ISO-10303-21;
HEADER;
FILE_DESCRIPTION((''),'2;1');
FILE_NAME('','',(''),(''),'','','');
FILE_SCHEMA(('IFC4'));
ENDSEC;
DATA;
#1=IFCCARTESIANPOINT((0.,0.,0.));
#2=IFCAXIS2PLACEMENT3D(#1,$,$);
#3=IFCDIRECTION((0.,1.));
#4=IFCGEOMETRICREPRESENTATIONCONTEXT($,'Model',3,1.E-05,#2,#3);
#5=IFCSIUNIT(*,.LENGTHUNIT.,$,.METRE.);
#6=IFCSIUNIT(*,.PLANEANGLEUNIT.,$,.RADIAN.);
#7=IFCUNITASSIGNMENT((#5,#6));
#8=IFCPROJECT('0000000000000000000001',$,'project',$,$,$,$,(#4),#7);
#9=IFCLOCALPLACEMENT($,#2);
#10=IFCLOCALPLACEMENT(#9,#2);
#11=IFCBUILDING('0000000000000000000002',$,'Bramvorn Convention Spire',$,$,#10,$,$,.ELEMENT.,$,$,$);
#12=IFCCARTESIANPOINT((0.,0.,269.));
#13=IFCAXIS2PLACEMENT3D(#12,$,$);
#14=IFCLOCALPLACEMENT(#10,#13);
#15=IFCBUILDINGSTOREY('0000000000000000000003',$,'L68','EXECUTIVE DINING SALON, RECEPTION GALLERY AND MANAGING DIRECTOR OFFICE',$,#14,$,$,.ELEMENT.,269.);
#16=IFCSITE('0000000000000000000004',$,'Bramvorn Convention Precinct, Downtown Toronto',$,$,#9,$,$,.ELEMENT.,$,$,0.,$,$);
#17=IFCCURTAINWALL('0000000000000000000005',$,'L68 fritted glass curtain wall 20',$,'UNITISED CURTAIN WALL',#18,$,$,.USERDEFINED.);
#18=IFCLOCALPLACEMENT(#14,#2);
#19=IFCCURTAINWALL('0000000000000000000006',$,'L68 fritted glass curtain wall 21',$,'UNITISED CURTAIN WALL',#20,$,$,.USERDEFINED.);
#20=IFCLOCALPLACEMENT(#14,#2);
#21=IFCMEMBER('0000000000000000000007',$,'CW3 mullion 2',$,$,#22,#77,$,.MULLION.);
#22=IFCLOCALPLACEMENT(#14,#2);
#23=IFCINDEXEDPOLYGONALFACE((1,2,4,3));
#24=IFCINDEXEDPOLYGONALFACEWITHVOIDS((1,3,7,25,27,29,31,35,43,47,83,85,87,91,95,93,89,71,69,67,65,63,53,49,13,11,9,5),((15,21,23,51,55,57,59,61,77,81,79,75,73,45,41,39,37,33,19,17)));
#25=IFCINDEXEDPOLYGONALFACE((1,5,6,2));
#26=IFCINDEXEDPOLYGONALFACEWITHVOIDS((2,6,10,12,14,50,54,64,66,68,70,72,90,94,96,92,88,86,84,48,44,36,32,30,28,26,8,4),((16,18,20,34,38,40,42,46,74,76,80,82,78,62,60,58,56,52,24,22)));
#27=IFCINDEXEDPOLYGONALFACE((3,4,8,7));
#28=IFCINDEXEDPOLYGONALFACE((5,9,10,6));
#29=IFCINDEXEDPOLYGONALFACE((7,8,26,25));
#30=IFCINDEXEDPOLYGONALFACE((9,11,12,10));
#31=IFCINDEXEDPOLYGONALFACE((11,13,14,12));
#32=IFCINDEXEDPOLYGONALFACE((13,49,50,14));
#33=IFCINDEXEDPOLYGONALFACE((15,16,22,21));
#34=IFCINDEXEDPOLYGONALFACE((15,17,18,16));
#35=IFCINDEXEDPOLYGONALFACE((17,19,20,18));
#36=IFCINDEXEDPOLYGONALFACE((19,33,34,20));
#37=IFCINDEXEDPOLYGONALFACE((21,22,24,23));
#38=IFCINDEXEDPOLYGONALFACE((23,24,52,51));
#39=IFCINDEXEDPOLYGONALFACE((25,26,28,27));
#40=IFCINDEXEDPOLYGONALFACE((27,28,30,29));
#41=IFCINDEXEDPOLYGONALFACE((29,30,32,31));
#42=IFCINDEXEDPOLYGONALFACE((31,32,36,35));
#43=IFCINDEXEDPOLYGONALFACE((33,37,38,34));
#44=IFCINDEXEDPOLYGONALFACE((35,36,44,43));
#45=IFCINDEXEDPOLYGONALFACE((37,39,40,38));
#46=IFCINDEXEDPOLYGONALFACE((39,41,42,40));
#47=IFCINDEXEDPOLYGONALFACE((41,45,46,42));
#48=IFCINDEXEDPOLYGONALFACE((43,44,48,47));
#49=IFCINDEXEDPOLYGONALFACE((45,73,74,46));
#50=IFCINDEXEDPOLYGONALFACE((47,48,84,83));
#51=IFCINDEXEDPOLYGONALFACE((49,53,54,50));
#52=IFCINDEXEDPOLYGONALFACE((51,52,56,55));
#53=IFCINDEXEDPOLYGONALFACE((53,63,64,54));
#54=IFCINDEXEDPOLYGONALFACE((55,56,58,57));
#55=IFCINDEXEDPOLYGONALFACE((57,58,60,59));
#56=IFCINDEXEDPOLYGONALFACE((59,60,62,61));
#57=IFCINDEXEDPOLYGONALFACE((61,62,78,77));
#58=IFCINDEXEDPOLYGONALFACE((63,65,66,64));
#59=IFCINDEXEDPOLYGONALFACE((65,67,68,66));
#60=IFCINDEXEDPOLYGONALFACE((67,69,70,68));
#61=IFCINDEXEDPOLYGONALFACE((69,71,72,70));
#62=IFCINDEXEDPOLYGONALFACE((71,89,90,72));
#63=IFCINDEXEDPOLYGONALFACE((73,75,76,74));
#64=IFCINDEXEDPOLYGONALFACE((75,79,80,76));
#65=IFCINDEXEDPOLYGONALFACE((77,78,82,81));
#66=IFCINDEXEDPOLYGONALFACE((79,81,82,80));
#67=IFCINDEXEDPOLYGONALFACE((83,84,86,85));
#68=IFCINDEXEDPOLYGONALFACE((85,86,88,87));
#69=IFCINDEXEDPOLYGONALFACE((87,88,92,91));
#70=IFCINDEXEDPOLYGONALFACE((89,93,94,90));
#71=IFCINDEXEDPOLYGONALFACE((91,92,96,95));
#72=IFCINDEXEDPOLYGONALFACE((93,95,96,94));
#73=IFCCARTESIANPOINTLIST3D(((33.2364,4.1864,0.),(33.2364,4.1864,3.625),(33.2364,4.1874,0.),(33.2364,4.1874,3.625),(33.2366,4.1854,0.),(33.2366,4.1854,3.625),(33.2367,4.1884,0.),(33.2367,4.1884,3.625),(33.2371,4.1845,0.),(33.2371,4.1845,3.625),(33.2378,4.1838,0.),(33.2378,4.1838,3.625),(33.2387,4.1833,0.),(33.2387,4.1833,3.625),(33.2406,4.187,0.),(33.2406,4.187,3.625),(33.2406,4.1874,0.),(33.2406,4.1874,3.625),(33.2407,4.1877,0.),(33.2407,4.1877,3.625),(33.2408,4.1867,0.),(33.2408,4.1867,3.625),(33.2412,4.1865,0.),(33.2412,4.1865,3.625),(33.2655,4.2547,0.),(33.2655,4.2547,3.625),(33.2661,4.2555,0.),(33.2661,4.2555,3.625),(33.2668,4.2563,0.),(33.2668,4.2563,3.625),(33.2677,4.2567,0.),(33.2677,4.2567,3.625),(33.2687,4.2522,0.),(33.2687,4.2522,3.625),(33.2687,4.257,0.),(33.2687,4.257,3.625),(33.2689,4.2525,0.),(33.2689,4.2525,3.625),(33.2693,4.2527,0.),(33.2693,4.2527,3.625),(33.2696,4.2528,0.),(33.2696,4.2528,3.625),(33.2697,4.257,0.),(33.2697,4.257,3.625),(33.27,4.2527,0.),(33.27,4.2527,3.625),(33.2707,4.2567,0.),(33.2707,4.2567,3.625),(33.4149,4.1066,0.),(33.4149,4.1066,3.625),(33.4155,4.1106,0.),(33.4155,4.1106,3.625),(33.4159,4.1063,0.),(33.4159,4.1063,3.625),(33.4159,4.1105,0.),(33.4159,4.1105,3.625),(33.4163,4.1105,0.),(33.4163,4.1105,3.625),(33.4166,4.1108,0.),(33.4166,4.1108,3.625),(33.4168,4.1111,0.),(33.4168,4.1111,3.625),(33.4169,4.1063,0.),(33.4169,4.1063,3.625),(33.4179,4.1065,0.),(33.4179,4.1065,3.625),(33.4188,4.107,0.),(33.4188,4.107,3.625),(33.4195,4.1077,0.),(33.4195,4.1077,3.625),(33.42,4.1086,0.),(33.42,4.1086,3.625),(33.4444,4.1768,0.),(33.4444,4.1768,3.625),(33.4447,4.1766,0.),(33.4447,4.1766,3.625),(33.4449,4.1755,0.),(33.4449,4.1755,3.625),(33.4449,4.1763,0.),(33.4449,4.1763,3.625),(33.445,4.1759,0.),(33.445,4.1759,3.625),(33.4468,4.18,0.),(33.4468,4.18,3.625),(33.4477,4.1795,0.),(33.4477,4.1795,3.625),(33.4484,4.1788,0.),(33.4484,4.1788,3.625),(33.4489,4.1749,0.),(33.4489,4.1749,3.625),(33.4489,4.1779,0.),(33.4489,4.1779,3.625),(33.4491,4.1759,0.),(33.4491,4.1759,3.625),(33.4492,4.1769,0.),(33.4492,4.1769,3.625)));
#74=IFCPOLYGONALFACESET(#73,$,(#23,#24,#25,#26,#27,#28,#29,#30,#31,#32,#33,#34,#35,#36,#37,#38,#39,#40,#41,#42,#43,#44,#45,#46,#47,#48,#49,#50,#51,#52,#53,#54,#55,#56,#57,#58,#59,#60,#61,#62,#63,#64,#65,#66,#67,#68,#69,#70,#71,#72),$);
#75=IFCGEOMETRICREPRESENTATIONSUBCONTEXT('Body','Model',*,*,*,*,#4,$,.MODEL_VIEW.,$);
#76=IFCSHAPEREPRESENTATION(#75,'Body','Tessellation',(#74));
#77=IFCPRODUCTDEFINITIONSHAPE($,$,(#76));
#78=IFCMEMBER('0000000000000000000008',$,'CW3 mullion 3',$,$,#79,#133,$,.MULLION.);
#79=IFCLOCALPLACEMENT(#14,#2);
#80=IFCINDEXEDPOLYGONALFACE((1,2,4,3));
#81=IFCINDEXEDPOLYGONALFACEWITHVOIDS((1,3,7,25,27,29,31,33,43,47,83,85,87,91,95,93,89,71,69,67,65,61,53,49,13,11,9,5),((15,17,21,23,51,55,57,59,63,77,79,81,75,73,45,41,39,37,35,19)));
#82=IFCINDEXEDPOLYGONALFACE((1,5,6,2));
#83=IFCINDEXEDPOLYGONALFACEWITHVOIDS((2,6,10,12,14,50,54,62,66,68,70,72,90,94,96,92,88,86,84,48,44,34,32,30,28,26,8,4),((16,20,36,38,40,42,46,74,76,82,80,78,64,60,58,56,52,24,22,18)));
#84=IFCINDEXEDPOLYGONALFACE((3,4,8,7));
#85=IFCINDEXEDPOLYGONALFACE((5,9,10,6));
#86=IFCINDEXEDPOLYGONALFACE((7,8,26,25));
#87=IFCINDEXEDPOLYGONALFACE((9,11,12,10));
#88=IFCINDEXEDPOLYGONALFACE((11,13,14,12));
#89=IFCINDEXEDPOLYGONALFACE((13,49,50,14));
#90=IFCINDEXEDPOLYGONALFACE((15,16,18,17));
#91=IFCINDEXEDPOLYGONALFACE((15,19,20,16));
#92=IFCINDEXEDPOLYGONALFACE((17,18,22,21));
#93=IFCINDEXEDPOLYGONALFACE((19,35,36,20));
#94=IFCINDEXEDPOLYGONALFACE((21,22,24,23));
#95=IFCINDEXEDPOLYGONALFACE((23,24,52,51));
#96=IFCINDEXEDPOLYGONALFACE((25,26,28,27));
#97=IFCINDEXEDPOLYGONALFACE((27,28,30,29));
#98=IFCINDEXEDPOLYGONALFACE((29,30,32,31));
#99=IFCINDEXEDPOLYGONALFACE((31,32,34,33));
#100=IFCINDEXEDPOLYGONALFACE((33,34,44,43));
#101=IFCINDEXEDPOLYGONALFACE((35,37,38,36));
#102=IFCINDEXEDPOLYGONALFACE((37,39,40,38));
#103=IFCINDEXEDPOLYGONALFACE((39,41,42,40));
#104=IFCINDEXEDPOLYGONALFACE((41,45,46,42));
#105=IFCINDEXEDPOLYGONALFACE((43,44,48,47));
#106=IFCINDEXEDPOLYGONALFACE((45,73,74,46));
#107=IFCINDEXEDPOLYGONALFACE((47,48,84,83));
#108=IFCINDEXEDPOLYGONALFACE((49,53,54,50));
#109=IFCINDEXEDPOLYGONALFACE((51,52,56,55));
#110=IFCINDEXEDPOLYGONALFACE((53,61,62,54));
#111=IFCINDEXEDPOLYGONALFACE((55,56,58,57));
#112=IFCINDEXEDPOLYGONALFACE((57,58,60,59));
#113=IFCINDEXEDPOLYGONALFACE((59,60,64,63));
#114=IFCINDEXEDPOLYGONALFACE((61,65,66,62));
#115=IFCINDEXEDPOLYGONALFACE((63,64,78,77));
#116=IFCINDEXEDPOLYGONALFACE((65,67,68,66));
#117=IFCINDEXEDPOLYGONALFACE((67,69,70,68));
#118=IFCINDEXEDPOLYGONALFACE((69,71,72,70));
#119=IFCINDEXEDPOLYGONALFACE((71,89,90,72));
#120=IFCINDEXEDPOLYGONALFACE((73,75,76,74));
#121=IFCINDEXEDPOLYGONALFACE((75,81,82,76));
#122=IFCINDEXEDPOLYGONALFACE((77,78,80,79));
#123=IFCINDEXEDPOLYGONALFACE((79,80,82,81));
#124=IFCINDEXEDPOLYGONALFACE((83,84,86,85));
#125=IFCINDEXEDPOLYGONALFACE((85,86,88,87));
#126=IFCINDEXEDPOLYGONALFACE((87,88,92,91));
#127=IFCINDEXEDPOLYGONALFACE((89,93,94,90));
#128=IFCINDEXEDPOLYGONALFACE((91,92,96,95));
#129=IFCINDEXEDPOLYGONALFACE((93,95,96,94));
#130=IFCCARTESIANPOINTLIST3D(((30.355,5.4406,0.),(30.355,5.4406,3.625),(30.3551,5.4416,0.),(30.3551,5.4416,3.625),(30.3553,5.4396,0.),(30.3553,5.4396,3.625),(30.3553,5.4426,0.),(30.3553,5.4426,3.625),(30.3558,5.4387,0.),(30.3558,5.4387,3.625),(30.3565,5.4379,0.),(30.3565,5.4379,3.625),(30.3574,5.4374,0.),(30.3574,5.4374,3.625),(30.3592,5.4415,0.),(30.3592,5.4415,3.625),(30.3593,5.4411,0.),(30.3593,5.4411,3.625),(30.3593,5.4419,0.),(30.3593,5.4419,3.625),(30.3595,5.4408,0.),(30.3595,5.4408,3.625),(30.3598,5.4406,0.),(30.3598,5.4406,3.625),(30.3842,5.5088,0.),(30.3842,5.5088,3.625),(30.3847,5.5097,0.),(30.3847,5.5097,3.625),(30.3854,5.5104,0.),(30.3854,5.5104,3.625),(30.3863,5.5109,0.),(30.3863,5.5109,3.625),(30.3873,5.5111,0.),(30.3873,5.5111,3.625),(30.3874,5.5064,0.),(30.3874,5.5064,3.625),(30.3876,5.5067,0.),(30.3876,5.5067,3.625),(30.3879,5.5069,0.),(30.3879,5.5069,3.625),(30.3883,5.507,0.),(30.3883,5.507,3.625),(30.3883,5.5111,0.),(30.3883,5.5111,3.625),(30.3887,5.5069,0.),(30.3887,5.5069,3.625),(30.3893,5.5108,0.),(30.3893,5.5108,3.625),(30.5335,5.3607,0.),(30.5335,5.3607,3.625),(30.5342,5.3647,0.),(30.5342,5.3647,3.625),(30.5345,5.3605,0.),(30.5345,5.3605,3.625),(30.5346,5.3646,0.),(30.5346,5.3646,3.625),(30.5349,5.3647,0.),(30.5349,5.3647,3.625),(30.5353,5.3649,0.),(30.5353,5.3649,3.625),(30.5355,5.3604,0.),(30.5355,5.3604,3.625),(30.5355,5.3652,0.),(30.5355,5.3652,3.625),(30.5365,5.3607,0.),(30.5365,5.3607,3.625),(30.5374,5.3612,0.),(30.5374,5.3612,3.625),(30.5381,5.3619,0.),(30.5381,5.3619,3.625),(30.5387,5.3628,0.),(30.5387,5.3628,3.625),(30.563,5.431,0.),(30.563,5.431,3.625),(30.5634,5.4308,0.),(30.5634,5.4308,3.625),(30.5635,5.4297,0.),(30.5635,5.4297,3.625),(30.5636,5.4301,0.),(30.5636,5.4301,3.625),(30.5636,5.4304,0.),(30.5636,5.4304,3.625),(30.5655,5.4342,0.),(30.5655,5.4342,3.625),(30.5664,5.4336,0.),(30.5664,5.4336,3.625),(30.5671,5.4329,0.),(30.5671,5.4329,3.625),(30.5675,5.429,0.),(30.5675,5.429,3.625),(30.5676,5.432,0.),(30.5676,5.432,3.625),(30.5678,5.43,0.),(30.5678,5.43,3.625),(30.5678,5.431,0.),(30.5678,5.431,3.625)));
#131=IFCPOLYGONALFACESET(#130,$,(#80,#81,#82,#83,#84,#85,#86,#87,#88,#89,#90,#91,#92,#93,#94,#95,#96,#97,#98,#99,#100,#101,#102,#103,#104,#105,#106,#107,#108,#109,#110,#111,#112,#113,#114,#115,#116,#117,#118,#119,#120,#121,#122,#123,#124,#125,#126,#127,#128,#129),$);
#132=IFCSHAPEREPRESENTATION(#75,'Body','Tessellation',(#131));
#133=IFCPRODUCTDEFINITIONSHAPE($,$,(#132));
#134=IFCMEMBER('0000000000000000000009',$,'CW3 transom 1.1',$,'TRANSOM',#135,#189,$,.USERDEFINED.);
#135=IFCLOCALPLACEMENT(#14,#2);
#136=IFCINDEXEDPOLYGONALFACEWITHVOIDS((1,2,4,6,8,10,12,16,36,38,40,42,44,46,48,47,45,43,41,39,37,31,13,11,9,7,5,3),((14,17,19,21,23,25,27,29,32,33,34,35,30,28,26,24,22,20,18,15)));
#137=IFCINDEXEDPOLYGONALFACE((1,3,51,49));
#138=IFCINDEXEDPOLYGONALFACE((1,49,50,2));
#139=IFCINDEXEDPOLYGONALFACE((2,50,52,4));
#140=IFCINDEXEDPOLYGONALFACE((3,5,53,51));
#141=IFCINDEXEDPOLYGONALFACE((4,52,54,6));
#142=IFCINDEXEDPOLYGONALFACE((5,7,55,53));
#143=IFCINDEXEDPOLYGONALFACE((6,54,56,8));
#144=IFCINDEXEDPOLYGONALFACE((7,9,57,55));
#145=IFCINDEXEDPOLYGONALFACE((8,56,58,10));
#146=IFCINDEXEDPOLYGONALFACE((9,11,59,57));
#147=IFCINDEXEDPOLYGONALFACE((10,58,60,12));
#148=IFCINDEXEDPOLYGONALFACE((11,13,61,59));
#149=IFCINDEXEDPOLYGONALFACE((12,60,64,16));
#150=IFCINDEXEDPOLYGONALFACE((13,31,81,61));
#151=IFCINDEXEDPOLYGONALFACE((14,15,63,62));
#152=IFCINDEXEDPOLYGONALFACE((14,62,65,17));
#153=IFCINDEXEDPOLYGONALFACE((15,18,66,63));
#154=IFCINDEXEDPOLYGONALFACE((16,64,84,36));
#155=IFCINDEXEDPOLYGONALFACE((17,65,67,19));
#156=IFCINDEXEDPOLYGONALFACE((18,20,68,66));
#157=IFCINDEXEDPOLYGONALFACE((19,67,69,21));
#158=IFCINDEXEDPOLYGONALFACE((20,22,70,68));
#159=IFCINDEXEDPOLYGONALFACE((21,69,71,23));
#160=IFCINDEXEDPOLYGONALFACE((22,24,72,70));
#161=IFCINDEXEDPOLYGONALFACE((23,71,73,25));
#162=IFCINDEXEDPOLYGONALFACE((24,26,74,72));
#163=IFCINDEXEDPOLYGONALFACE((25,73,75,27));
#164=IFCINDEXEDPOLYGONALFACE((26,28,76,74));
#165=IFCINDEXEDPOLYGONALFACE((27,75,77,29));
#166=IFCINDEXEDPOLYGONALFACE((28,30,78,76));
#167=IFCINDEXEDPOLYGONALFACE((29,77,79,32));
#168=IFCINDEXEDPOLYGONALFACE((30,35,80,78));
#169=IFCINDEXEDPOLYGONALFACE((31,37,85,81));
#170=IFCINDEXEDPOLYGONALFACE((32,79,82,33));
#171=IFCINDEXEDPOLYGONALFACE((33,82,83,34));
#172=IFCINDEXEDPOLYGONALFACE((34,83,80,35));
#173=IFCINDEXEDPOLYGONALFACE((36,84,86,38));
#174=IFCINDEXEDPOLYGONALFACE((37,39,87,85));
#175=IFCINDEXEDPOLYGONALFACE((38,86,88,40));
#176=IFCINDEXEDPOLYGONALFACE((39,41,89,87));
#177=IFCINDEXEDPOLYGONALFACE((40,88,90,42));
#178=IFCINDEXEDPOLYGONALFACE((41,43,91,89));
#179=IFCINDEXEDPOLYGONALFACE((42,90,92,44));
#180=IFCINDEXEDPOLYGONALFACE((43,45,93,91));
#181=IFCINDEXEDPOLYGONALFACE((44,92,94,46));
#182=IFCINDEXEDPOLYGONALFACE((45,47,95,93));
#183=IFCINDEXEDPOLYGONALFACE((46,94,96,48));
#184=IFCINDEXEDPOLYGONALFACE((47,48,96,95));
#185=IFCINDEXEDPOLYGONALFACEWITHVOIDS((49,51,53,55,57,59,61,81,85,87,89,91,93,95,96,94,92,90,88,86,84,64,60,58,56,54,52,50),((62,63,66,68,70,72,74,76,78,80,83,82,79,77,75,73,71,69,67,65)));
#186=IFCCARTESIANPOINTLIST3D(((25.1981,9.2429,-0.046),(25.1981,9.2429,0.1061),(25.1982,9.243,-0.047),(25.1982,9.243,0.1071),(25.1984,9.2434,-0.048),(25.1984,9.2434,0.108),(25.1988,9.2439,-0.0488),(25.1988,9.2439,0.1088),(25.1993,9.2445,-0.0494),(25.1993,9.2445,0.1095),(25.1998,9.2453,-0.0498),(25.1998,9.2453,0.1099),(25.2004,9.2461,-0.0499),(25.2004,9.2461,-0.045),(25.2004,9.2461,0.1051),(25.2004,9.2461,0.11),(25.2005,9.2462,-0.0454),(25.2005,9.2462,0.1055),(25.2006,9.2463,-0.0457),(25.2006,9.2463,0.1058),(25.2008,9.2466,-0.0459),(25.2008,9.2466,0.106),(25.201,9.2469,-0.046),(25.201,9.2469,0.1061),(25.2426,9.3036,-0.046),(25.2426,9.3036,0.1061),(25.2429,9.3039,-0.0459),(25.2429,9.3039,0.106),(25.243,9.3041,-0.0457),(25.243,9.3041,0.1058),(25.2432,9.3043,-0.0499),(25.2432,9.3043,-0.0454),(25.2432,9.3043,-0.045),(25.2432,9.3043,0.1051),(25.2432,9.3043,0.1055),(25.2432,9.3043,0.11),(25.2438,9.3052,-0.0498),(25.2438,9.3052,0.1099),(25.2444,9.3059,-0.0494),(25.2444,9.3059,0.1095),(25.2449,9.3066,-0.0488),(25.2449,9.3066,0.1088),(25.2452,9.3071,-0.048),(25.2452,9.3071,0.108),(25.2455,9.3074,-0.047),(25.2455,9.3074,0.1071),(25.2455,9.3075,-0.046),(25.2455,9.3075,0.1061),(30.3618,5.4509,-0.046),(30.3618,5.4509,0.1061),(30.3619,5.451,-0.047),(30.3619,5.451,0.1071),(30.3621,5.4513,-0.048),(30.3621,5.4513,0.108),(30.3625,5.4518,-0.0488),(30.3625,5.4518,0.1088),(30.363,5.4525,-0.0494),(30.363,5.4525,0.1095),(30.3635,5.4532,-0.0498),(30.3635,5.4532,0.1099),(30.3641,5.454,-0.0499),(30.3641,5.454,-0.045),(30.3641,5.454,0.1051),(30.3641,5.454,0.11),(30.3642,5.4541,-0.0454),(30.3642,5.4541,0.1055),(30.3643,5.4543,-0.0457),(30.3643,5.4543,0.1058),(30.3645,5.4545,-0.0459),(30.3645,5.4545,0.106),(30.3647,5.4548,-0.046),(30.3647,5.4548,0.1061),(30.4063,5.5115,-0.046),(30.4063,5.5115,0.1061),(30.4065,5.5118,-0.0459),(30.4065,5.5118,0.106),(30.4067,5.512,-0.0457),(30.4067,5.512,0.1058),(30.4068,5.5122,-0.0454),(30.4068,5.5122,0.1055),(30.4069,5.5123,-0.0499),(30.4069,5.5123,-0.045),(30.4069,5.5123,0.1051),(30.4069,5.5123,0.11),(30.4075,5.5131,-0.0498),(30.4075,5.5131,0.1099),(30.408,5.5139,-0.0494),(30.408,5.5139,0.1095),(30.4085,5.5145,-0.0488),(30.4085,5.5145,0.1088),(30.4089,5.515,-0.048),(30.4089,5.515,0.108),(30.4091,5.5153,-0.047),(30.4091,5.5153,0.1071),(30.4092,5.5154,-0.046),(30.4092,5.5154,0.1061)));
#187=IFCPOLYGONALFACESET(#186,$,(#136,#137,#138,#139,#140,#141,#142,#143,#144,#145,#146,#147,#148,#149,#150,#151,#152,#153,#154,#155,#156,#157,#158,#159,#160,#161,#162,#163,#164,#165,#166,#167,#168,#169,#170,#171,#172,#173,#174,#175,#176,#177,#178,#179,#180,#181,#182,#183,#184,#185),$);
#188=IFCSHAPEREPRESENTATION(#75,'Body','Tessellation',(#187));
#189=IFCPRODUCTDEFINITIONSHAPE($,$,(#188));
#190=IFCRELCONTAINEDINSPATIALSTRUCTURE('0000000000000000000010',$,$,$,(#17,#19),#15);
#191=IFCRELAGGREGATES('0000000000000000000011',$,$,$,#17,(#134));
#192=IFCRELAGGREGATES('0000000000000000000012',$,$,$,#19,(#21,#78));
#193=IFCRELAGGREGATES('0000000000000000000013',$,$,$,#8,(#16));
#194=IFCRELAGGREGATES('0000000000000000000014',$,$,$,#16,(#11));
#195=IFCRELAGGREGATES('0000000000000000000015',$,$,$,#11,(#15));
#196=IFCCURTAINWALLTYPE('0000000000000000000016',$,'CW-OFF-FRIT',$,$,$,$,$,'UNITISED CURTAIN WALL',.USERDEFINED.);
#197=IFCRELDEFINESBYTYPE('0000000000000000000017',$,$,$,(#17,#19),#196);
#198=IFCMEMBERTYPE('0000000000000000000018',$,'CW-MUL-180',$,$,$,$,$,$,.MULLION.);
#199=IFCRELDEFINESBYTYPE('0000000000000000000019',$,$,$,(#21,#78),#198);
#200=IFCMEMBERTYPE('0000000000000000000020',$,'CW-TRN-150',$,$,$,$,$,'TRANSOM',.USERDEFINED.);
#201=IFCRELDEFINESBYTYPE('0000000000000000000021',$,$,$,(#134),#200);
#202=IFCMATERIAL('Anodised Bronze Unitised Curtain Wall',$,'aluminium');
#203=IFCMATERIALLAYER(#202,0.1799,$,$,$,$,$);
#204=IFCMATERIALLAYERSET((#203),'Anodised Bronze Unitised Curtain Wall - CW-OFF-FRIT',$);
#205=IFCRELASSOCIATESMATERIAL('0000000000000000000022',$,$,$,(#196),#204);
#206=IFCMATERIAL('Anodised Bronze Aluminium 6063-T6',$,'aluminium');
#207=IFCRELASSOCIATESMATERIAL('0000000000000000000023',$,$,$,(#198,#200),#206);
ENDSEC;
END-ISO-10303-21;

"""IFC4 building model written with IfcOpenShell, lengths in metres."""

from ifc_helpers import new_model, si_unit, direction, frame, origin, origin_2d, place, context, subcontext, project, spatial, hollow_rectangle, extrude, material, layer, layer_set, material_profile, profile_set, type_object, element, aggregate, save


model = new_model("IFC4")

# Units and contexts
model_context = context("Model", 3, precision=1e-05, world=origin(), true_north=direction((0.0, 1.0)))
body_context = subcontext(model_context, "Body", "Model", "MODEL_VIEW")
ifc_project = project(units=[si_unit("LENGTHUNIT", "METRE"), si_unit("PLANEANGLEUNIT", "RADIAN")], contexts=[model_context])

# Site, building, storey
site_placement = place(None, origin())
site = spatial("IfcSite", under=ifc_project, at=site_placement, Name="Bramvorn Convention Precinct, Downtown Toronto", CompositionType="ELEMENT", RefElevation=0.0)
building_placement = place(site_placement, origin())
building = spatial("IfcBuilding", under=site, at=building_placement, Name="Bramvorn Convention Spire", CompositionType="ELEMENT")
storey_placement = place(building_placement, frame((0.0, 0.0, 269.0)))
storey = spatial("IfcBuildingStorey", under=building, at=storey_placement, Name="L68", Description="EXECUTIVE DINING SALON, RECEPTION GALLERY AND MANAGING DIRECTOR OFFICE", CompositionType="ELEMENT", Elevation=269.0)

# Curtain wall
ifc_material_1 = material(Name="Anodised Bronze Unitised Curtain Wall", Category="aluminium")
ifc_layer_1 = layer(ifc_material_1, 0.1799)
ifc_layer_set_1 = layer_set([ifc_layer_1], Name="Anodised Bronze Unitised Curtain Wall - CW-OFF-FRIT")
curtain_wall_type = type_object("IfcCurtainWallType", Name="CW-OFF-FRIT", ElementType="UNITISED CURTAIN WALL", PredefinedType="USERDEFINED", material=ifc_layer_set_1)
curtain_wall_1_placement = place(storey_placement, origin())
curtain_wall_1 = element("IfcCurtainWall", 1, at=curtain_wall_1_placement, inside=storey, type_object=curtain_wall_type, Name="L68 fritted glass curtain wall 20", ObjectType="UNITISED CURTAIN WALL", PredefinedType="USERDEFINED")
ifc_material_2 = material(Name="Anodised Bronze Aluminium 6063-T6", Category="aluminium")
ifc_material_profile_1 = material_profile(ifc_material_2, hollow_rectangle(XDim=0.0801, YDim=0.2, WallThickness=0.0039, InnerFilletRadius=0.001, OuterFilletRadius=0.0039, at=origin_2d()))
ifc_profile_set_1 = profile_set([ifc_material_profile_1], Name="Anodised Bronze Aluminium 6063-T6 - CWM80X200")
member_type_1 = type_object("IfcMemberType", Name="CW-MUL-180", PredefinedType="MULLION", material=ifc_profile_set_1)

# Curtain wall, members
curtain_wall_2_placement = place(storey_placement, origin())
curtain_wall_2 = element("IfcCurtainWall", 2, at=curtain_wall_2_placement, inside=storey, type_object=curtain_wall_type, Name="L68 fritted glass curtain wall 21", ObjectType="UNITISED CURTAIN WALL", PredefinedType="USERDEFINED")
member_1_placement = place(storey_placement, frame((33.3428, 4.1816, 0.0), z_axis=(0.0, 0.0, 1.0), x_axis=(-0.399089, -0.916912, 0.0)))
member_1 = element("IfcMember", 3, at=member_1_placement, type_object=member_type_1, Name="CW3 mullion 2", PredefinedType="MULLION", context=body_context, shape_type="SweptSolid", body=[
    extrude(hollow_rectangle(XDim=0.0801, YDim=0.2, WallThickness=0.0039, InnerFilletRadius=0.001, OuterFilletRadius=0.0039, at=origin_2d()), origin(), (0.0, 0.0, 1.0), 3.625),
])
member_2_placement = place(storey_placement, frame((30.4614, 5.4358, 0.0), z_axis=(0.0, 0.0, 1.0), x_axis=(-0.399089, -0.916912, 0.0)))
member_2 = element("IfcMember", 4, at=member_2_placement, type_object=member_type_1, Name="CW3 mullion 3", PredefinedType="MULLION", context=body_context, shape_type="SweptSolid", body=[
    extrude(hollow_rectangle(XDim=0.0801, YDim=0.2, WallThickness=0.0039, InnerFilletRadius=0.001, OuterFilletRadius=0.0039, at=origin_2d()), origin(), (0.0, 0.0, 1.0), 3.625),
])

# Member
ifc_material_profile_2 = material_profile(ifc_material_2, hollow_rectangle(XDim=0.0801, YDim=0.1599, WallThickness=0.0039, InnerFilletRadius=0.001, OuterFilletRadius=0.0039, at=origin_2d()))
ifc_profile_set_2 = profile_set([ifc_material_profile_2], Name="Anodised Bronze Aluminium 6063-T6 - CWT80X160")
member_type_2 = type_object("IfcMemberType", Name="CW-TRN-150", ElementType="TRANSOM", PredefinedType="USERDEFINED", material=ifc_profile_set_2)
member_3_placement = place(storey_placement, frame((30.3855, 5.4832, 0.03), z_axis=(-0.806005, 0.591909, 0.0), x_axis=(-0.591909, -0.806005, 0.0)))
member_3 = element("IfcMember", 5, at=member_3_placement, type_object=member_type_2, Name="CW3 transom 1.1", ObjectType="TRANSOM", PredefinedType="USERDEFINED", context=body_context, shape_type="SweptSolid", body=[
    extrude(hollow_rectangle(XDim=0.0801, YDim=0.1599, WallThickness=0.0039, InnerFilletRadius=0.001, OuterFilletRadius=0.0039, at=origin_2d()), origin(), (0.0, 0.0, 1.0), 6.4065),
])

aggregate(curtain_wall_1, [member_3])
aggregate(curtain_wall_2, [member_1, member_2])

save(model, "model.ifc")
